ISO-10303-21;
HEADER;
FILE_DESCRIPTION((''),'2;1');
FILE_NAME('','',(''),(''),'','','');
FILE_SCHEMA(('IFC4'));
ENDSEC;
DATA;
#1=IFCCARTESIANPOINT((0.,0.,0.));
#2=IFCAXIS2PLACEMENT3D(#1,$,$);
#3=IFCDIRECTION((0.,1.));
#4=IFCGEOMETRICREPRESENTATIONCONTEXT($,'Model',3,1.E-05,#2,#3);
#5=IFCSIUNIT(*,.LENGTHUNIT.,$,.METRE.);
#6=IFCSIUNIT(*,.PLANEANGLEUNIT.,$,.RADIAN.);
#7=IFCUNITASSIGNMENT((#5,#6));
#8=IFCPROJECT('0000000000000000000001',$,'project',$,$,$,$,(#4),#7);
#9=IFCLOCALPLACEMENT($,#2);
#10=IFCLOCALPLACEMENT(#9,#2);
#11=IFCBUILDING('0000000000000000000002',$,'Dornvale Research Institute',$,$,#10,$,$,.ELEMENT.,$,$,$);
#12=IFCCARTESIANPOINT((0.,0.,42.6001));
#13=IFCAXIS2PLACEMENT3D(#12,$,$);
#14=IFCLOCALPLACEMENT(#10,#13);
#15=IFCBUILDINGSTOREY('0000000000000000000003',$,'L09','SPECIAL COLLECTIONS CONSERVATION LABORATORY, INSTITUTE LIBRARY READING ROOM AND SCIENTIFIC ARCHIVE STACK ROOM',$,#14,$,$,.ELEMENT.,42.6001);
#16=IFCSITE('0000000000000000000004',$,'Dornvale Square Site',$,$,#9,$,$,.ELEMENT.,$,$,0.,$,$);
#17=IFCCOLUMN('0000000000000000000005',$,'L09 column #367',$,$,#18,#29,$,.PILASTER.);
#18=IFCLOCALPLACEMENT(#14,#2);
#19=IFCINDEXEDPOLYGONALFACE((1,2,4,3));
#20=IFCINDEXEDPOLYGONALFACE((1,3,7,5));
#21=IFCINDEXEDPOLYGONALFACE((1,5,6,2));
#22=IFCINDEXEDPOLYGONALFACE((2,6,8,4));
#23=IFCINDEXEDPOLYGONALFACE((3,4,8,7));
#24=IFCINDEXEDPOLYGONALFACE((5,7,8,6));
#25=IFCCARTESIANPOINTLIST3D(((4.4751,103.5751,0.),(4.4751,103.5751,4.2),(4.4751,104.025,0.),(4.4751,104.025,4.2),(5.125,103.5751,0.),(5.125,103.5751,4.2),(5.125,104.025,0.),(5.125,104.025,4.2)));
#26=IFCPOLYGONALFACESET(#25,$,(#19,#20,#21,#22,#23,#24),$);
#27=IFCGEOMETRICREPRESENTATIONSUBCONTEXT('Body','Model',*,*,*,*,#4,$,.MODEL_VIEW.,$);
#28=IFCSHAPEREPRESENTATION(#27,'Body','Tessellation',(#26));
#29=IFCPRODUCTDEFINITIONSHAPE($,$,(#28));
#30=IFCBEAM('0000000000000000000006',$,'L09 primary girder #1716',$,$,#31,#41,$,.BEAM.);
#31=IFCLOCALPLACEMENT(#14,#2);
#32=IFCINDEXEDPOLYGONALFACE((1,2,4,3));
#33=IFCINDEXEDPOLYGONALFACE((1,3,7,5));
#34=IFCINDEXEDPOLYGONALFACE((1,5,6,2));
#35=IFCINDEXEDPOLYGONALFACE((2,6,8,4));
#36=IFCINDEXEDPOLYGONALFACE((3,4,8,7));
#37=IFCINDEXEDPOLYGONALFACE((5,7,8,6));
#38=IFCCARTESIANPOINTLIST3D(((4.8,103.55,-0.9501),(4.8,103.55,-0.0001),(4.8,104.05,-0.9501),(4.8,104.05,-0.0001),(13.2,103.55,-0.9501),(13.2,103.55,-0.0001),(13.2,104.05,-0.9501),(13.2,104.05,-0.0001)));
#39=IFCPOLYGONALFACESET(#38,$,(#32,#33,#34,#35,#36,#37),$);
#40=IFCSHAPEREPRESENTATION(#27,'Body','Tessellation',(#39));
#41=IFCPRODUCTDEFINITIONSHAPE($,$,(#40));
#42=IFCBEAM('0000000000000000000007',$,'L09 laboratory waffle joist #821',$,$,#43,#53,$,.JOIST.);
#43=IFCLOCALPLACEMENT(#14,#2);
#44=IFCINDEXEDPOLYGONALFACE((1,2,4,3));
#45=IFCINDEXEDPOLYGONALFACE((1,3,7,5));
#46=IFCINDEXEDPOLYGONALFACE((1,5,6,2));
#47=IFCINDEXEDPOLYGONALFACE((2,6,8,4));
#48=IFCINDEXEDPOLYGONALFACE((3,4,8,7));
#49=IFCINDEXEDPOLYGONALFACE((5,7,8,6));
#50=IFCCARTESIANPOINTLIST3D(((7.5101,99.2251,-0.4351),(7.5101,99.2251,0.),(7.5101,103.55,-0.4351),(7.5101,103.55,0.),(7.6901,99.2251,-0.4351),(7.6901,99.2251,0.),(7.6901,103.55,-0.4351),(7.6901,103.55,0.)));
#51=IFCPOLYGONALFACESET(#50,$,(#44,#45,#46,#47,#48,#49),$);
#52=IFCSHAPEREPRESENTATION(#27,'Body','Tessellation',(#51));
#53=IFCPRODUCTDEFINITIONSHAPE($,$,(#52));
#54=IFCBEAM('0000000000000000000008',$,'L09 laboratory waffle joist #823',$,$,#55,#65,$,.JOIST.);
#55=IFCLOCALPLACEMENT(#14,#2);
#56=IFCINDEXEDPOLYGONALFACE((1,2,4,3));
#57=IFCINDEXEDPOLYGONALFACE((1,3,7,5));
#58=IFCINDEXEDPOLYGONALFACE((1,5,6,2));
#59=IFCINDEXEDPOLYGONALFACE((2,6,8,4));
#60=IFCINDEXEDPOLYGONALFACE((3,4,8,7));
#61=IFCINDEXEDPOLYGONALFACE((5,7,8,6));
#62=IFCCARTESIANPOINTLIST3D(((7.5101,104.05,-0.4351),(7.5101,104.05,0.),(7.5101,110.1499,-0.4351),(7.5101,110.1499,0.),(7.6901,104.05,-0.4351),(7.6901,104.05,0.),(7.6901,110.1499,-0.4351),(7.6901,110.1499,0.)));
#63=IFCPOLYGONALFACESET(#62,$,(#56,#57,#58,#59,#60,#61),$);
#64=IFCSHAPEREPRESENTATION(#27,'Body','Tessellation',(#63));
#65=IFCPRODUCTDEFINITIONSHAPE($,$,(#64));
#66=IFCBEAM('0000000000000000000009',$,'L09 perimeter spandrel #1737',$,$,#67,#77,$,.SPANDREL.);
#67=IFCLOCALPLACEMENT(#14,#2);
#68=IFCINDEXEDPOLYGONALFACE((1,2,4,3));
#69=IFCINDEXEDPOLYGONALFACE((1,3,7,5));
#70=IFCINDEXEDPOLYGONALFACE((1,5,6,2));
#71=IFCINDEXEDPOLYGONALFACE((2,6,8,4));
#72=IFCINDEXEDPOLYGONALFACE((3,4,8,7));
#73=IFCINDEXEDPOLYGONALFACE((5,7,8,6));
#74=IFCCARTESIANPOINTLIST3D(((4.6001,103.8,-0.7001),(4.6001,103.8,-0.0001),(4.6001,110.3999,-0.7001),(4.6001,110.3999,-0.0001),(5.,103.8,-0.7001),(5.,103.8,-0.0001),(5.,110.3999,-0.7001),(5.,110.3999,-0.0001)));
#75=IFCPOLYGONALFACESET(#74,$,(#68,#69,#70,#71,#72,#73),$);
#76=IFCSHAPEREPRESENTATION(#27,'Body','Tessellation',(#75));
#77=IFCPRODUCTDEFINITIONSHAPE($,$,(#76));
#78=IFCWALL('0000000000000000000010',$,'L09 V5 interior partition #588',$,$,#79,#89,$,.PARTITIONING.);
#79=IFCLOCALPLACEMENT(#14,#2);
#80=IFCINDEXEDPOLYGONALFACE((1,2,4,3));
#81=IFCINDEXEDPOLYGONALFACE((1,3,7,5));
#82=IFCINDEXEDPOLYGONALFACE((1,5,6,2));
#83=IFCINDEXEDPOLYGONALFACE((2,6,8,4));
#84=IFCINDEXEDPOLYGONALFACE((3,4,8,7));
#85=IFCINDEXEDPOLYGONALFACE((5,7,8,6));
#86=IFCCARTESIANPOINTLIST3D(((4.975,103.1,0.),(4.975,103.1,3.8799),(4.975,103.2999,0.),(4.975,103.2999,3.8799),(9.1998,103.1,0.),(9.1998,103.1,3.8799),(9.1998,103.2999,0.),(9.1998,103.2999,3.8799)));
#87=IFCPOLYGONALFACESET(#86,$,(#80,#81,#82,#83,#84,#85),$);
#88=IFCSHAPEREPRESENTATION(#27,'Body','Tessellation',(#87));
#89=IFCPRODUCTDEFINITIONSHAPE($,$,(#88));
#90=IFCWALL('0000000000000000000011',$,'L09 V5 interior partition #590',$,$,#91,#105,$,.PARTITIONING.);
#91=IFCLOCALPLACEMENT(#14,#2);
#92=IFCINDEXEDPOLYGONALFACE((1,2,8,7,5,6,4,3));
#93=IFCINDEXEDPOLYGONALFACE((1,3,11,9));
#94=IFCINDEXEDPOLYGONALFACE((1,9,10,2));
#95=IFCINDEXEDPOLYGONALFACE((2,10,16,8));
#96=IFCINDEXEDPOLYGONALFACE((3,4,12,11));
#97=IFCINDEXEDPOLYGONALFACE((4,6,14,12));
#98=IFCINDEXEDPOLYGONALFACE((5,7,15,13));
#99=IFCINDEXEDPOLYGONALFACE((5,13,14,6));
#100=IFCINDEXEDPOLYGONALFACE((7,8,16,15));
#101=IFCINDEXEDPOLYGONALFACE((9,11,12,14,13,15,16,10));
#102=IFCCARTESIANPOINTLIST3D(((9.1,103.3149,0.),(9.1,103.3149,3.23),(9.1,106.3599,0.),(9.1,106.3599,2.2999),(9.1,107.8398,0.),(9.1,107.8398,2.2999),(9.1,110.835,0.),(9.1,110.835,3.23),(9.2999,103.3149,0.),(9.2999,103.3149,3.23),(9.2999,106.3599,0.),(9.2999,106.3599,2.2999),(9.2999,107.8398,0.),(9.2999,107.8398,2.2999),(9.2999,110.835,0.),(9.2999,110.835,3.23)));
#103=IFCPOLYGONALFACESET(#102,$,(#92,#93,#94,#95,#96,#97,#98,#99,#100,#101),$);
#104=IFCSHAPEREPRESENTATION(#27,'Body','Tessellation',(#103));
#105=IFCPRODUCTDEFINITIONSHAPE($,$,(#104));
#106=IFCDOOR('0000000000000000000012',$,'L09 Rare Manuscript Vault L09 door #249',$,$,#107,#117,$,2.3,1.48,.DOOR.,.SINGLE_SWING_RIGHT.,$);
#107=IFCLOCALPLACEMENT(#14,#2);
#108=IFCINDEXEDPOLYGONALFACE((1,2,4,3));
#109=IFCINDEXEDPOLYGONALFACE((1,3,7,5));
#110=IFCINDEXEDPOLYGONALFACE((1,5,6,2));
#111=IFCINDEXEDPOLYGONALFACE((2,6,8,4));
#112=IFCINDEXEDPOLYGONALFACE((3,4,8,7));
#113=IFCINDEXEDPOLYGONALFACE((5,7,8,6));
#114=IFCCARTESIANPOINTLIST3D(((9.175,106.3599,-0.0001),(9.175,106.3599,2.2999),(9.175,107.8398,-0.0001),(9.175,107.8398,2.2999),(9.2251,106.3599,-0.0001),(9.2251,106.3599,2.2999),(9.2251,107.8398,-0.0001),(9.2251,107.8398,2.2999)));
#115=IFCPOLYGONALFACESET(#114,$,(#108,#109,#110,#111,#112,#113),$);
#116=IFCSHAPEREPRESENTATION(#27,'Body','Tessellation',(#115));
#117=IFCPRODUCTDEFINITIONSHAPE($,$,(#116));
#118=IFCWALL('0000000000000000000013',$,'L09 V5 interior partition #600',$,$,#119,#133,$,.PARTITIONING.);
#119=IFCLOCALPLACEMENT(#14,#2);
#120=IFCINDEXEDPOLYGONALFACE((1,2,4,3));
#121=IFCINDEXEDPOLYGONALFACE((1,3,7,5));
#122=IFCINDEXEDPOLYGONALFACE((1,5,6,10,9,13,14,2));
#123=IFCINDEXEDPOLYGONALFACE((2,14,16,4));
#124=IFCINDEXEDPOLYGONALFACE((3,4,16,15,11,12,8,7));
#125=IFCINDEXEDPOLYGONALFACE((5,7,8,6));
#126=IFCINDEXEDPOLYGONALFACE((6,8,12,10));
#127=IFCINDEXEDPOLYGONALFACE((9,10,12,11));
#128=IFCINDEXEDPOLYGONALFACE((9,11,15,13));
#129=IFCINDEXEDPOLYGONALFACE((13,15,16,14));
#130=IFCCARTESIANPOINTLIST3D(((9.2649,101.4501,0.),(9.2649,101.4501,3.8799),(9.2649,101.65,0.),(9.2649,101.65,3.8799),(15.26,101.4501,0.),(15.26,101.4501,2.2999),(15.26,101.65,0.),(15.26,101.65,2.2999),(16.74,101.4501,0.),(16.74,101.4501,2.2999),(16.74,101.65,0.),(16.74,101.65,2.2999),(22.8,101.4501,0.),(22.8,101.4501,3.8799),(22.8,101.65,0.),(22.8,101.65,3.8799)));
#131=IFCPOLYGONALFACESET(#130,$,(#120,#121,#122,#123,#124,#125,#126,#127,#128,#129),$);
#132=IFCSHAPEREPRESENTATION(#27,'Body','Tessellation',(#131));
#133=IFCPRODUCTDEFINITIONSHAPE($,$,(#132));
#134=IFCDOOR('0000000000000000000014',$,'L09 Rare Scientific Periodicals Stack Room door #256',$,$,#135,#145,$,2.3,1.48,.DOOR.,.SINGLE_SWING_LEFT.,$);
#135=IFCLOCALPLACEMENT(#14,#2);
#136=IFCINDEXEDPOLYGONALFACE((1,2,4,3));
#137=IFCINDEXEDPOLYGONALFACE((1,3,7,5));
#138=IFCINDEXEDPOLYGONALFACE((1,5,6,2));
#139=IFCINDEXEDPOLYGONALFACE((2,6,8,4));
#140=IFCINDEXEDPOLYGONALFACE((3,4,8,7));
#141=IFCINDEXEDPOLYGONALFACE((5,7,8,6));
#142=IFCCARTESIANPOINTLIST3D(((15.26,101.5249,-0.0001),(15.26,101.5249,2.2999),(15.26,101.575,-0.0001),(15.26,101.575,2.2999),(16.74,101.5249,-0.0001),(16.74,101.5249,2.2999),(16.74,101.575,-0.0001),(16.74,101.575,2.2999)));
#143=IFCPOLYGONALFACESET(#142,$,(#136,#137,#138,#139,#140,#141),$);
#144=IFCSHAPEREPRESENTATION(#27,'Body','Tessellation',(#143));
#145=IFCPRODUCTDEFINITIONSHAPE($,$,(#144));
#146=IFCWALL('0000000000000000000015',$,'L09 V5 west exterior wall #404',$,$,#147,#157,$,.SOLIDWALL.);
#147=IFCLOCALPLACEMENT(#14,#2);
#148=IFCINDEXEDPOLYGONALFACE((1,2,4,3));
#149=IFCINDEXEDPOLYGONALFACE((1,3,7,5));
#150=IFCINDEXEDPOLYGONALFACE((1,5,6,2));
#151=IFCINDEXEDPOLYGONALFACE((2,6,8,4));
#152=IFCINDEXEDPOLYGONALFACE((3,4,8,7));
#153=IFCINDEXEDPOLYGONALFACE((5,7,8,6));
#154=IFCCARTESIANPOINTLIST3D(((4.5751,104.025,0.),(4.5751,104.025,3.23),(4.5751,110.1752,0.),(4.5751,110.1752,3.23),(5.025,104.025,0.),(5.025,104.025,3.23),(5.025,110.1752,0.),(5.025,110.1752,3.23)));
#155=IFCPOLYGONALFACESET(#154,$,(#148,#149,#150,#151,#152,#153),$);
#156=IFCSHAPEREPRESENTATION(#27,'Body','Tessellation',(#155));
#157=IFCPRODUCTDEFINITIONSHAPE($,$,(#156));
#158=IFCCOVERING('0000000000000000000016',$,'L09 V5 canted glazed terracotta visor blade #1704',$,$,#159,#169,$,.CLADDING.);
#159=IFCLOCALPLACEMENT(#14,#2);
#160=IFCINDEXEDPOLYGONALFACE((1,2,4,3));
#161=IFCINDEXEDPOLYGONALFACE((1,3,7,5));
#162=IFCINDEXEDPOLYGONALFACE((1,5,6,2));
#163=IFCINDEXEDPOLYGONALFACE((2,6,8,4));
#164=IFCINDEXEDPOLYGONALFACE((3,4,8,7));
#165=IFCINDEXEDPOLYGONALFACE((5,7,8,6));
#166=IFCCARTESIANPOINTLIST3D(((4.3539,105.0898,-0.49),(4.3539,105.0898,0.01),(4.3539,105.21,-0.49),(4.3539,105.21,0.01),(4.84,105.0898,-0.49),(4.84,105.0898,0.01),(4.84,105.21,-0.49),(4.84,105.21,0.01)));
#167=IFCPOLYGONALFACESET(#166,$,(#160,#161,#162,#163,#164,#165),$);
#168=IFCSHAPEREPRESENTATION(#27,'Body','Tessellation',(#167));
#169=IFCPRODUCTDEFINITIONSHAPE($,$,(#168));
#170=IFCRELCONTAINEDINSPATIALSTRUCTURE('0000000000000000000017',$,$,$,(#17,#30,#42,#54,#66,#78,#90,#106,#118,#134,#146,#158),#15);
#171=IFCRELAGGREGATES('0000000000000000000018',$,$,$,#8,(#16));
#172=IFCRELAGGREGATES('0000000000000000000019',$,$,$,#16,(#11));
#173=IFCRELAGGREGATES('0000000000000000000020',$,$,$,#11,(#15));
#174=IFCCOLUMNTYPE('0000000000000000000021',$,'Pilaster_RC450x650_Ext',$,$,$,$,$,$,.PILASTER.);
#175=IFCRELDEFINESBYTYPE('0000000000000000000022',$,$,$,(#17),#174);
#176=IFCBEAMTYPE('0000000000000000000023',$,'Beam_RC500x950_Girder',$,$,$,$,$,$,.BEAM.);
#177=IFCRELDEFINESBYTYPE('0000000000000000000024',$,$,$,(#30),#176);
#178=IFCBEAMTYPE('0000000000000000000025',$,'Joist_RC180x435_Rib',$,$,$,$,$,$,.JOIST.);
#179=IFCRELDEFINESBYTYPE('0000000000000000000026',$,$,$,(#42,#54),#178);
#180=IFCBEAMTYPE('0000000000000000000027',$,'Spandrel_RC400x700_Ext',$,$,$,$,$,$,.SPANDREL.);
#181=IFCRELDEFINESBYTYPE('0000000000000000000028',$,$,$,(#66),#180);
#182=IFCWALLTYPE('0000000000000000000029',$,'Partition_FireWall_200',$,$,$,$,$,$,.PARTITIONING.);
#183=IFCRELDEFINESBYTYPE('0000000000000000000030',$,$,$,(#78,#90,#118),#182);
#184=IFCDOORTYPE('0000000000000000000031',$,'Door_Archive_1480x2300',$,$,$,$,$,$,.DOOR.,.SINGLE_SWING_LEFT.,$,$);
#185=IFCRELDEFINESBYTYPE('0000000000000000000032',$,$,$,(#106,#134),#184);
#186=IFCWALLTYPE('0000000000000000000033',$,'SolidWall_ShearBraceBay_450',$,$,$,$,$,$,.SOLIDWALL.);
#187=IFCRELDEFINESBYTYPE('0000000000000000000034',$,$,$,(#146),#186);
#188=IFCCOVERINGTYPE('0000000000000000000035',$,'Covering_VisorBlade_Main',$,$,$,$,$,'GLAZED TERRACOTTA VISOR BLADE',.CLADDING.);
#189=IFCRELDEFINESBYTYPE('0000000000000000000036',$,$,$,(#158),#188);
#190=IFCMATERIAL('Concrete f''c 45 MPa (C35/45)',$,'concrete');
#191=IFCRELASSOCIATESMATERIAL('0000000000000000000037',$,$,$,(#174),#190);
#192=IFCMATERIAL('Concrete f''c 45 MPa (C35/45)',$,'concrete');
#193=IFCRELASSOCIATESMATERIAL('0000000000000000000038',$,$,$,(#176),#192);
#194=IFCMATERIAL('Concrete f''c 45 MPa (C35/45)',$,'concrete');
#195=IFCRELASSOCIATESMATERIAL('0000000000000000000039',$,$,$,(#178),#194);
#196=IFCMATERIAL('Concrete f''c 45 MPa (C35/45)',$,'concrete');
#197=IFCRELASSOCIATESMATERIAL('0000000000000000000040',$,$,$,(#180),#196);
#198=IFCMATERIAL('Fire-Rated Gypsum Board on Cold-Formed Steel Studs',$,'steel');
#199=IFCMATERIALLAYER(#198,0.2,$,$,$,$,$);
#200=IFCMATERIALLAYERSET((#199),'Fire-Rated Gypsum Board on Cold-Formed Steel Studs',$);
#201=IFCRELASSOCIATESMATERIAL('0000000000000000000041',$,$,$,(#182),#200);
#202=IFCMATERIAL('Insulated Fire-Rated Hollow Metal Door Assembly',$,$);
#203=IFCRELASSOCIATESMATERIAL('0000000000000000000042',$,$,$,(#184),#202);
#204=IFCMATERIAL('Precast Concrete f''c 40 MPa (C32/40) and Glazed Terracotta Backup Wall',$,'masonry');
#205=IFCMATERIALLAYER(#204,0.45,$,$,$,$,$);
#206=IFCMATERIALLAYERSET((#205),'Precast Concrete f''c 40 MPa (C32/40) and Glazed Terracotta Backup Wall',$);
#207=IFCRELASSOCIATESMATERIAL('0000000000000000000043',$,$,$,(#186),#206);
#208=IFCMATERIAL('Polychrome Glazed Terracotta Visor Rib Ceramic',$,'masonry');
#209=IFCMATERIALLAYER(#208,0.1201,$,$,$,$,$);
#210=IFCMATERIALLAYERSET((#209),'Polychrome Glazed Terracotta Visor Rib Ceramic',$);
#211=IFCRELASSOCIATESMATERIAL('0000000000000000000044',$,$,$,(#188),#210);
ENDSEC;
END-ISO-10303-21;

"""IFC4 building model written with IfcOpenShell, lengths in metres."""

from ifc_helpers import new_model, si_unit, direction, frame, frame_2d, origin, origin_2d, place, context, subcontext, project, spatial, rectangle, extrude, material, layer, layer_set, material_profile, profile_set, type_object, element, fill, save


model = new_model("IFC4")

# Units and contexts
model_context = context("Model", 3, precision=1e-05, world=origin(), true_north=direction((0.0, 1.0)))
body_context = subcontext(model_context, "Body", "Model", "MODEL_VIEW")
ifc_project = project(units=[si_unit("LENGTHUNIT", "METRE"), si_unit("PLANEANGLEUNIT", "RADIAN")], contexts=[model_context])

# Site, building, storey
site_placement = place(None, origin())
site = spatial("IfcSite", under=ifc_project, at=site_placement, Name="Dornvale Square Site", CompositionType="ELEMENT", RefElevation=0.0)
building_placement = place(site_placement, origin())
building = spatial("IfcBuilding", under=site, at=building_placement, Name="Dornvale Research Institute", CompositionType="ELEMENT")
storey_placement = place(building_placement, frame((0.0, 0.0, 42.6001)))
storey = spatial("IfcBuildingStorey", under=building, at=storey_placement, Name="L09", Description="SPECIAL COLLECTIONS CONSERVATION LABORATORY, INSTITUTE LIBRARY READING ROOM AND SCIENTIFIC ARCHIVE STACK ROOM", CompositionType="ELEMENT", Elevation=42.6001)

# Column
ifc_material_1 = material(Name="Concrete f'c 45 MPa (C35/45)", Category="concrete")
ifc_material_profile_1 = material_profile(ifc_material_1, rectangle(XDim=0.45, YDim=0.6499, at=origin_2d()), Name="RC 450x650")
ifc_profile_set_1 = profile_set([ifc_material_profile_1], Name="Concrete f'c 45 MPa (C35/45)")
column_type = type_object("IfcColumnType", Name="Pilaster_RC450x650_Ext", PredefinedType="PILASTER", material=ifc_profile_set_1)
column_placement = place(storey_placement, frame((4.8, 103.8, 0.0), z_axis=(0.0, 0.0, 1.0), x_axis=(0.0, 1.0, 0.0)))
element("IfcColumn", 1, at=column_placement, inside=storey, type_object=column_type, Name="L09 column #367", PredefinedType="PILASTER", context=body_context, shape_type="SweptSolid", body=[
    extrude(rectangle(XDim=0.45, YDim=0.6499, at=origin_2d()), origin(), (0.0, 0.0, 1.0), 4.2),
])

# Beams
ifc_material_2 = material(Name="Concrete f'c 45 MPa (C35/45)", Category="concrete")
ifc_material_profile_2 = material_profile(ifc_material_2, rectangle(XDim=0.5, YDim=0.95, at=origin_2d()), Name="RC 500x950")
ifc_profile_set_2 = profile_set([ifc_material_profile_2], Name="Concrete f'c 45 MPa (C35/45)")
beam_type_1 = type_object("IfcBeamType", Name="Beam_RC500x950_Girder", PredefinedType="BEAM", material=ifc_profile_set_2)
beam_1_placement = place(storey_placement, frame((4.8, 103.8, -0.4751), z_axis=(1.0, 0.0, 0.0), x_axis=(0.0, 1.0, 0.0)))
element("IfcBeam", 2, at=beam_1_placement, inside=storey, type_object=beam_type_1, Name="L09 primary girder #1716", PredefinedType="BEAM", context=body_context, shape_type="SweptSolid", body=[
    extrude(rectangle(XDim=0.5, YDim=0.95, at=origin_2d()), origin(), (0.0, 0.0, 1.0), 8.3999),
])
ifc_material_3 = material(Name="Concrete f'c 45 MPa (C35/45)", Category="concrete")
ifc_material_profile_3 = material_profile(ifc_material_3, rectangle(XDim=0.1799, YDim=0.4351, at=origin_2d()), Name="RC 180x435")
ifc_profile_set_3 = profile_set([ifc_material_profile_3], Name="Concrete f'c 45 MPa (C35/45)")
beam_type_2 = type_object("IfcBeamType", Name="Joist_RC180x435_Rib", PredefinedType="JOIST", material=ifc_profile_set_3)
beam_2_placement = place(storey_placement, frame((7.6001, 99.2251, -0.2175), z_axis=(0.0, 1.0, 0.0), x_axis=(-1.0, 0.0, 0.0)))
element("IfcBeam", 3, at=beam_2_placement, inside=storey, type_object=beam_type_2, Name="L09 laboratory waffle joist #821", PredefinedType="JOIST", context=body_context, shape_type="SweptSolid", body=[
    extrude(rectangle(XDim=0.1799, YDim=0.4351, at=origin_2d()), origin(), (0.0, 0.0, 1.0), 4.325),
])
beam_3_placement = place(storey_placement, frame((7.6001, 104.05, -0.2175), z_axis=(0.0, 1.0, 0.0), x_axis=(-1.0, 0.0, 0.0)))
element("IfcBeam", 4, at=beam_3_placement, inside=storey, type_object=beam_type_2, Name="L09 laboratory waffle joist #823", PredefinedType="JOIST", context=body_context, shape_type="SweptSolid", body=[
    extrude(rectangle(XDim=0.1799, YDim=0.4351, at=origin_2d()), origin(), (0.0, 0.0, 1.0), 6.0999),
])
ifc_material_4 = material(Name="Concrete f'c 45 MPa (C35/45)", Category="concrete")
ifc_material_profile_4 = material_profile(ifc_material_4, rectangle(XDim=0.3999, YDim=0.7, at=origin_2d()), Name="RC 400x700")
ifc_profile_set_4 = profile_set([ifc_material_profile_4], Name="Concrete f'c 45 MPa (C35/45)")
beam_type_3 = type_object("IfcBeamType", Name="Spandrel_RC400x700_Ext", PredefinedType="SPANDREL", material=ifc_profile_set_4)
beam_4_placement = place(storey_placement, frame((4.8, 103.8, -0.3501), z_axis=(0.0, 1.0, 0.0), x_axis=(-1.0, 0.0, 0.0)))
element("IfcBeam", 5, at=beam_4_placement, inside=storey, type_object=beam_type_3, Name="L09 perimeter spandrel #1737", PredefinedType="SPANDREL", context=body_context, shape_type="SweptSolid", body=[
    extrude(rectangle(XDim=0.3999, YDim=0.7, at=origin_2d()), origin(), (0.0, 0.0, 1.0), 6.5999),
])

# Wall
ifc_material_5 = material(Name="Fire-Rated Gypsum Board on Cold-Formed Steel Studs", Category="steel")
ifc_layer_1 = layer(ifc_material_5, 0.2)
ifc_layer_set_1 = layer_set([ifc_layer_1], Name="Fire-Rated Gypsum Board on Cold-Formed Steel Studs")
wall_type_1 = type_object("IfcWallType", Name="Partition_FireWall_200", PredefinedType="PARTITIONING", material=ifc_layer_set_1)
wall_1_placement = place(storey_placement, frame((4.9751, 103.2, 0.0), z_axis=(0.0, 0.0, 1.0), x_axis=(1.0, 0.0, 0.0)))
element("IfcWall", 6, at=wall_1_placement, inside=storey, type_object=wall_type_1, Name="L09 V5 interior partition #588", PredefinedType="PARTITIONING", context=body_context, shape_type="SweptSolid", body=[
    extrude(rectangle(XDim=4.2249, YDim=0.2, at=frame_2d((2.1123, 0.0))), origin(), (0.0, 0.0, 1.0), 3.8799),
])

# Walls, openings, doors
wall_2_placement = place(storey_placement, frame((9.2, 103.3149, 0.0), z_axis=(0.0, 0.0, 1.0), x_axis=(0.0, 1.0, 0.0)))
wall_2 = element("IfcWall", 7, at=wall_2_placement, inside=storey, type_object=wall_type_1, Name="L09 V5 interior partition #590", PredefinedType="PARTITIONING", context=body_context, shape_type="SweptSolid", body=[
    extrude(rectangle(XDim=7.52, YDim=0.2, at=frame_2d((3.76, 0.0))), origin(), (0.0, 0.0, 1.0), 3.23),
])
opening_1_placement = place(wall_2_placement, frame((3.0449, 0.0, 0.0)))
opening_1 = element("IfcOpeningElement", 8, at=opening_1_placement, cuts=wall_2, PredefinedType="OPENING", context=body_context, shape_type="SweptSolid", body=[
    extrude(rectangle(XDim=1.48, YDim=2.3, at=frame_2d((0.74, 1.1499))), frame((0.0, 0.115, 0.0), z_axis=(0.0, -1.0, 0.0), x_axis=(1.0, 0.0, 0.0)), (0.0, 0.0, 1.0), 0.23),
])
ifc_material_6 = material(Name="Insulated Fire-Rated Hollow Metal Door Assembly")
door_type = type_object("IfcDoorType", Name="Door_Archive_1480x2300", OperationType="SINGLE_SWING_LEFT", PredefinedType="DOOR", material=ifc_material_6)
door_1_placement = place(opening_1_placement, origin())
door_1 = element("IfcDoor", 9, at=door_1_placement, inside=storey, type_object=door_type, Name="L09 Rare Manuscript Vault L09 door #249", OperationType="SINGLE_SWING_RIGHT", OverallHeight=2.3, OverallWidth=1.48, PredefinedType="DOOR", context=body_context, shape_type="SweptSolid", body=[
    extrude(rectangle(XDim=1.48, YDim=2.3, at=frame_2d((0.74, 1.1499))), frame((0.0, 0.0249, 0.0), z_axis=(0.0, -1.0, 0.0), x_axis=(1.0, 0.0, 0.0)), (0.0, 0.0, 1.0), 0.05),
])
fill(opening_1, door_1)
wall_3_placement = place(storey_placement, frame((9.2649, 101.55, 0.0), z_axis=(0.0, 0.0, 1.0), x_axis=(1.0, 0.0, 0.0)))
wall_3 = element("IfcWall", 10, at=wall_3_placement, inside=storey, type_object=wall_type_1, Name="L09 V5 interior partition #600", PredefinedType="PARTITIONING", context=body_context, shape_type="SweptSolid", body=[
    extrude(rectangle(XDim=13.5352, YDim=0.2, at=frame_2d((6.7676, 0.0))), origin(), (0.0, 0.0, 1.0), 3.8799),
])
opening_2_placement = place(wall_3_placement, frame((5.9951, 0.0, 0.0)))
opening_2 = element("IfcOpeningElement", 11, at=opening_2_placement, cuts=wall_3, PredefinedType="OPENING", context=body_context, shape_type="SweptSolid", body=[
    extrude(rectangle(XDim=1.48, YDim=2.3, at=frame_2d((0.74, 1.1499))), frame((0.0, 0.115, 0.0), z_axis=(0.0, -1.0, 0.0), x_axis=(1.0, 0.0, 0.0)), (0.0, 0.0, 1.0), 0.23),
])
door_2_placement = place(opening_2_placement, origin())
door_2 = element("IfcDoor", 12, at=door_2_placement, inside=storey, type_object=door_type, Name="L09 Rare Scientific Periodicals Stack Room door #256", OperationType="SINGLE_SWING_LEFT", OverallHeight=2.3, OverallWidth=1.48, PredefinedType="DOOR", context=body_context, shape_type="SweptSolid", body=[
    extrude(rectangle(XDim=1.48, YDim=2.3, at=frame_2d((0.74, 1.1499))), frame((0.0, 0.0249, 0.0), z_axis=(0.0, -1.0, 0.0), x_axis=(1.0, 0.0, 0.0)), (0.0, 0.0, 1.0), 0.05),
])
fill(opening_2, door_2)

# Wall
ifc_material_7 = material(Name="Precast Concrete f'c 40 MPa (C32/40) and Glazed Terracotta Backup Wall", Category="masonry")
ifc_layer_2 = layer(ifc_material_7, 0.45)
ifc_layer_set_2 = layer_set([ifc_layer_2], Name="Precast Concrete f'c 40 MPa (C32/40) and Glazed Terracotta Backup Wall")
wall_type_2 = type_object("IfcWallType", Name="SolidWall_ShearBraceBay_450", PredefinedType="SOLIDWALL", material=ifc_layer_set_2)
wall_4_placement = place(storey_placement, frame((4.8, 104.0249, 0.0), z_axis=(0.0, 0.0, 1.0), x_axis=(0.0, 1.0, 0.0)))
element("IfcWall", 13, at=wall_4_placement, inside=storey, type_object=wall_type_2, Name="L09 V5 west exterior wall #404", PredefinedType="SOLIDWALL", context=body_context, shape_type="SweptSolid", body=[
    extrude(rectangle(XDim=6.1501, YDim=0.45, at=frame_2d((3.0752, 0.0))), origin(), (0.0, 0.0, 1.0), 3.23),
])

# Covering
ifc_material_8 = material(Name="Polychrome Glazed Terracotta Visor Rib Ceramic", Category="masonry")
ifc_layer_3 = layer(ifc_material_8, 0.1201)
ifc_layer_set_3 = layer_set([ifc_layer_3], Name="Polychrome Glazed Terracotta Visor Rib Ceramic")
covering_type = type_object("IfcCoveringType", Name="Covering_VisorBlade_Main", ElementType="GLAZED TERRACOTTA VISOR BLADE", PredefinedType="CLADDING", material=ifc_layer_set_3)
covering_1_placement = place(storey_placement, frame((4.5969, 105.1499, -0.49), z_axis=(0.0, 0.0, 1.0), x_axis=(1.0, 0.0, 0.0)))
element("IfcCovering", 14, at=covering_1_placement, inside=storey, type_object=covering_type, Name="L09 V5 canted glazed terracotta visor blade #1704", PredefinedType="CLADDING", context=body_context, shape_type="SweptSolid", body=[
    extrude(rectangle(XDim=0.4861, YDim=0.1201, at=origin_2d()), origin(), (0.0, 0.0, 1.0), 0.5),
])

save(model, "model.ifc")
